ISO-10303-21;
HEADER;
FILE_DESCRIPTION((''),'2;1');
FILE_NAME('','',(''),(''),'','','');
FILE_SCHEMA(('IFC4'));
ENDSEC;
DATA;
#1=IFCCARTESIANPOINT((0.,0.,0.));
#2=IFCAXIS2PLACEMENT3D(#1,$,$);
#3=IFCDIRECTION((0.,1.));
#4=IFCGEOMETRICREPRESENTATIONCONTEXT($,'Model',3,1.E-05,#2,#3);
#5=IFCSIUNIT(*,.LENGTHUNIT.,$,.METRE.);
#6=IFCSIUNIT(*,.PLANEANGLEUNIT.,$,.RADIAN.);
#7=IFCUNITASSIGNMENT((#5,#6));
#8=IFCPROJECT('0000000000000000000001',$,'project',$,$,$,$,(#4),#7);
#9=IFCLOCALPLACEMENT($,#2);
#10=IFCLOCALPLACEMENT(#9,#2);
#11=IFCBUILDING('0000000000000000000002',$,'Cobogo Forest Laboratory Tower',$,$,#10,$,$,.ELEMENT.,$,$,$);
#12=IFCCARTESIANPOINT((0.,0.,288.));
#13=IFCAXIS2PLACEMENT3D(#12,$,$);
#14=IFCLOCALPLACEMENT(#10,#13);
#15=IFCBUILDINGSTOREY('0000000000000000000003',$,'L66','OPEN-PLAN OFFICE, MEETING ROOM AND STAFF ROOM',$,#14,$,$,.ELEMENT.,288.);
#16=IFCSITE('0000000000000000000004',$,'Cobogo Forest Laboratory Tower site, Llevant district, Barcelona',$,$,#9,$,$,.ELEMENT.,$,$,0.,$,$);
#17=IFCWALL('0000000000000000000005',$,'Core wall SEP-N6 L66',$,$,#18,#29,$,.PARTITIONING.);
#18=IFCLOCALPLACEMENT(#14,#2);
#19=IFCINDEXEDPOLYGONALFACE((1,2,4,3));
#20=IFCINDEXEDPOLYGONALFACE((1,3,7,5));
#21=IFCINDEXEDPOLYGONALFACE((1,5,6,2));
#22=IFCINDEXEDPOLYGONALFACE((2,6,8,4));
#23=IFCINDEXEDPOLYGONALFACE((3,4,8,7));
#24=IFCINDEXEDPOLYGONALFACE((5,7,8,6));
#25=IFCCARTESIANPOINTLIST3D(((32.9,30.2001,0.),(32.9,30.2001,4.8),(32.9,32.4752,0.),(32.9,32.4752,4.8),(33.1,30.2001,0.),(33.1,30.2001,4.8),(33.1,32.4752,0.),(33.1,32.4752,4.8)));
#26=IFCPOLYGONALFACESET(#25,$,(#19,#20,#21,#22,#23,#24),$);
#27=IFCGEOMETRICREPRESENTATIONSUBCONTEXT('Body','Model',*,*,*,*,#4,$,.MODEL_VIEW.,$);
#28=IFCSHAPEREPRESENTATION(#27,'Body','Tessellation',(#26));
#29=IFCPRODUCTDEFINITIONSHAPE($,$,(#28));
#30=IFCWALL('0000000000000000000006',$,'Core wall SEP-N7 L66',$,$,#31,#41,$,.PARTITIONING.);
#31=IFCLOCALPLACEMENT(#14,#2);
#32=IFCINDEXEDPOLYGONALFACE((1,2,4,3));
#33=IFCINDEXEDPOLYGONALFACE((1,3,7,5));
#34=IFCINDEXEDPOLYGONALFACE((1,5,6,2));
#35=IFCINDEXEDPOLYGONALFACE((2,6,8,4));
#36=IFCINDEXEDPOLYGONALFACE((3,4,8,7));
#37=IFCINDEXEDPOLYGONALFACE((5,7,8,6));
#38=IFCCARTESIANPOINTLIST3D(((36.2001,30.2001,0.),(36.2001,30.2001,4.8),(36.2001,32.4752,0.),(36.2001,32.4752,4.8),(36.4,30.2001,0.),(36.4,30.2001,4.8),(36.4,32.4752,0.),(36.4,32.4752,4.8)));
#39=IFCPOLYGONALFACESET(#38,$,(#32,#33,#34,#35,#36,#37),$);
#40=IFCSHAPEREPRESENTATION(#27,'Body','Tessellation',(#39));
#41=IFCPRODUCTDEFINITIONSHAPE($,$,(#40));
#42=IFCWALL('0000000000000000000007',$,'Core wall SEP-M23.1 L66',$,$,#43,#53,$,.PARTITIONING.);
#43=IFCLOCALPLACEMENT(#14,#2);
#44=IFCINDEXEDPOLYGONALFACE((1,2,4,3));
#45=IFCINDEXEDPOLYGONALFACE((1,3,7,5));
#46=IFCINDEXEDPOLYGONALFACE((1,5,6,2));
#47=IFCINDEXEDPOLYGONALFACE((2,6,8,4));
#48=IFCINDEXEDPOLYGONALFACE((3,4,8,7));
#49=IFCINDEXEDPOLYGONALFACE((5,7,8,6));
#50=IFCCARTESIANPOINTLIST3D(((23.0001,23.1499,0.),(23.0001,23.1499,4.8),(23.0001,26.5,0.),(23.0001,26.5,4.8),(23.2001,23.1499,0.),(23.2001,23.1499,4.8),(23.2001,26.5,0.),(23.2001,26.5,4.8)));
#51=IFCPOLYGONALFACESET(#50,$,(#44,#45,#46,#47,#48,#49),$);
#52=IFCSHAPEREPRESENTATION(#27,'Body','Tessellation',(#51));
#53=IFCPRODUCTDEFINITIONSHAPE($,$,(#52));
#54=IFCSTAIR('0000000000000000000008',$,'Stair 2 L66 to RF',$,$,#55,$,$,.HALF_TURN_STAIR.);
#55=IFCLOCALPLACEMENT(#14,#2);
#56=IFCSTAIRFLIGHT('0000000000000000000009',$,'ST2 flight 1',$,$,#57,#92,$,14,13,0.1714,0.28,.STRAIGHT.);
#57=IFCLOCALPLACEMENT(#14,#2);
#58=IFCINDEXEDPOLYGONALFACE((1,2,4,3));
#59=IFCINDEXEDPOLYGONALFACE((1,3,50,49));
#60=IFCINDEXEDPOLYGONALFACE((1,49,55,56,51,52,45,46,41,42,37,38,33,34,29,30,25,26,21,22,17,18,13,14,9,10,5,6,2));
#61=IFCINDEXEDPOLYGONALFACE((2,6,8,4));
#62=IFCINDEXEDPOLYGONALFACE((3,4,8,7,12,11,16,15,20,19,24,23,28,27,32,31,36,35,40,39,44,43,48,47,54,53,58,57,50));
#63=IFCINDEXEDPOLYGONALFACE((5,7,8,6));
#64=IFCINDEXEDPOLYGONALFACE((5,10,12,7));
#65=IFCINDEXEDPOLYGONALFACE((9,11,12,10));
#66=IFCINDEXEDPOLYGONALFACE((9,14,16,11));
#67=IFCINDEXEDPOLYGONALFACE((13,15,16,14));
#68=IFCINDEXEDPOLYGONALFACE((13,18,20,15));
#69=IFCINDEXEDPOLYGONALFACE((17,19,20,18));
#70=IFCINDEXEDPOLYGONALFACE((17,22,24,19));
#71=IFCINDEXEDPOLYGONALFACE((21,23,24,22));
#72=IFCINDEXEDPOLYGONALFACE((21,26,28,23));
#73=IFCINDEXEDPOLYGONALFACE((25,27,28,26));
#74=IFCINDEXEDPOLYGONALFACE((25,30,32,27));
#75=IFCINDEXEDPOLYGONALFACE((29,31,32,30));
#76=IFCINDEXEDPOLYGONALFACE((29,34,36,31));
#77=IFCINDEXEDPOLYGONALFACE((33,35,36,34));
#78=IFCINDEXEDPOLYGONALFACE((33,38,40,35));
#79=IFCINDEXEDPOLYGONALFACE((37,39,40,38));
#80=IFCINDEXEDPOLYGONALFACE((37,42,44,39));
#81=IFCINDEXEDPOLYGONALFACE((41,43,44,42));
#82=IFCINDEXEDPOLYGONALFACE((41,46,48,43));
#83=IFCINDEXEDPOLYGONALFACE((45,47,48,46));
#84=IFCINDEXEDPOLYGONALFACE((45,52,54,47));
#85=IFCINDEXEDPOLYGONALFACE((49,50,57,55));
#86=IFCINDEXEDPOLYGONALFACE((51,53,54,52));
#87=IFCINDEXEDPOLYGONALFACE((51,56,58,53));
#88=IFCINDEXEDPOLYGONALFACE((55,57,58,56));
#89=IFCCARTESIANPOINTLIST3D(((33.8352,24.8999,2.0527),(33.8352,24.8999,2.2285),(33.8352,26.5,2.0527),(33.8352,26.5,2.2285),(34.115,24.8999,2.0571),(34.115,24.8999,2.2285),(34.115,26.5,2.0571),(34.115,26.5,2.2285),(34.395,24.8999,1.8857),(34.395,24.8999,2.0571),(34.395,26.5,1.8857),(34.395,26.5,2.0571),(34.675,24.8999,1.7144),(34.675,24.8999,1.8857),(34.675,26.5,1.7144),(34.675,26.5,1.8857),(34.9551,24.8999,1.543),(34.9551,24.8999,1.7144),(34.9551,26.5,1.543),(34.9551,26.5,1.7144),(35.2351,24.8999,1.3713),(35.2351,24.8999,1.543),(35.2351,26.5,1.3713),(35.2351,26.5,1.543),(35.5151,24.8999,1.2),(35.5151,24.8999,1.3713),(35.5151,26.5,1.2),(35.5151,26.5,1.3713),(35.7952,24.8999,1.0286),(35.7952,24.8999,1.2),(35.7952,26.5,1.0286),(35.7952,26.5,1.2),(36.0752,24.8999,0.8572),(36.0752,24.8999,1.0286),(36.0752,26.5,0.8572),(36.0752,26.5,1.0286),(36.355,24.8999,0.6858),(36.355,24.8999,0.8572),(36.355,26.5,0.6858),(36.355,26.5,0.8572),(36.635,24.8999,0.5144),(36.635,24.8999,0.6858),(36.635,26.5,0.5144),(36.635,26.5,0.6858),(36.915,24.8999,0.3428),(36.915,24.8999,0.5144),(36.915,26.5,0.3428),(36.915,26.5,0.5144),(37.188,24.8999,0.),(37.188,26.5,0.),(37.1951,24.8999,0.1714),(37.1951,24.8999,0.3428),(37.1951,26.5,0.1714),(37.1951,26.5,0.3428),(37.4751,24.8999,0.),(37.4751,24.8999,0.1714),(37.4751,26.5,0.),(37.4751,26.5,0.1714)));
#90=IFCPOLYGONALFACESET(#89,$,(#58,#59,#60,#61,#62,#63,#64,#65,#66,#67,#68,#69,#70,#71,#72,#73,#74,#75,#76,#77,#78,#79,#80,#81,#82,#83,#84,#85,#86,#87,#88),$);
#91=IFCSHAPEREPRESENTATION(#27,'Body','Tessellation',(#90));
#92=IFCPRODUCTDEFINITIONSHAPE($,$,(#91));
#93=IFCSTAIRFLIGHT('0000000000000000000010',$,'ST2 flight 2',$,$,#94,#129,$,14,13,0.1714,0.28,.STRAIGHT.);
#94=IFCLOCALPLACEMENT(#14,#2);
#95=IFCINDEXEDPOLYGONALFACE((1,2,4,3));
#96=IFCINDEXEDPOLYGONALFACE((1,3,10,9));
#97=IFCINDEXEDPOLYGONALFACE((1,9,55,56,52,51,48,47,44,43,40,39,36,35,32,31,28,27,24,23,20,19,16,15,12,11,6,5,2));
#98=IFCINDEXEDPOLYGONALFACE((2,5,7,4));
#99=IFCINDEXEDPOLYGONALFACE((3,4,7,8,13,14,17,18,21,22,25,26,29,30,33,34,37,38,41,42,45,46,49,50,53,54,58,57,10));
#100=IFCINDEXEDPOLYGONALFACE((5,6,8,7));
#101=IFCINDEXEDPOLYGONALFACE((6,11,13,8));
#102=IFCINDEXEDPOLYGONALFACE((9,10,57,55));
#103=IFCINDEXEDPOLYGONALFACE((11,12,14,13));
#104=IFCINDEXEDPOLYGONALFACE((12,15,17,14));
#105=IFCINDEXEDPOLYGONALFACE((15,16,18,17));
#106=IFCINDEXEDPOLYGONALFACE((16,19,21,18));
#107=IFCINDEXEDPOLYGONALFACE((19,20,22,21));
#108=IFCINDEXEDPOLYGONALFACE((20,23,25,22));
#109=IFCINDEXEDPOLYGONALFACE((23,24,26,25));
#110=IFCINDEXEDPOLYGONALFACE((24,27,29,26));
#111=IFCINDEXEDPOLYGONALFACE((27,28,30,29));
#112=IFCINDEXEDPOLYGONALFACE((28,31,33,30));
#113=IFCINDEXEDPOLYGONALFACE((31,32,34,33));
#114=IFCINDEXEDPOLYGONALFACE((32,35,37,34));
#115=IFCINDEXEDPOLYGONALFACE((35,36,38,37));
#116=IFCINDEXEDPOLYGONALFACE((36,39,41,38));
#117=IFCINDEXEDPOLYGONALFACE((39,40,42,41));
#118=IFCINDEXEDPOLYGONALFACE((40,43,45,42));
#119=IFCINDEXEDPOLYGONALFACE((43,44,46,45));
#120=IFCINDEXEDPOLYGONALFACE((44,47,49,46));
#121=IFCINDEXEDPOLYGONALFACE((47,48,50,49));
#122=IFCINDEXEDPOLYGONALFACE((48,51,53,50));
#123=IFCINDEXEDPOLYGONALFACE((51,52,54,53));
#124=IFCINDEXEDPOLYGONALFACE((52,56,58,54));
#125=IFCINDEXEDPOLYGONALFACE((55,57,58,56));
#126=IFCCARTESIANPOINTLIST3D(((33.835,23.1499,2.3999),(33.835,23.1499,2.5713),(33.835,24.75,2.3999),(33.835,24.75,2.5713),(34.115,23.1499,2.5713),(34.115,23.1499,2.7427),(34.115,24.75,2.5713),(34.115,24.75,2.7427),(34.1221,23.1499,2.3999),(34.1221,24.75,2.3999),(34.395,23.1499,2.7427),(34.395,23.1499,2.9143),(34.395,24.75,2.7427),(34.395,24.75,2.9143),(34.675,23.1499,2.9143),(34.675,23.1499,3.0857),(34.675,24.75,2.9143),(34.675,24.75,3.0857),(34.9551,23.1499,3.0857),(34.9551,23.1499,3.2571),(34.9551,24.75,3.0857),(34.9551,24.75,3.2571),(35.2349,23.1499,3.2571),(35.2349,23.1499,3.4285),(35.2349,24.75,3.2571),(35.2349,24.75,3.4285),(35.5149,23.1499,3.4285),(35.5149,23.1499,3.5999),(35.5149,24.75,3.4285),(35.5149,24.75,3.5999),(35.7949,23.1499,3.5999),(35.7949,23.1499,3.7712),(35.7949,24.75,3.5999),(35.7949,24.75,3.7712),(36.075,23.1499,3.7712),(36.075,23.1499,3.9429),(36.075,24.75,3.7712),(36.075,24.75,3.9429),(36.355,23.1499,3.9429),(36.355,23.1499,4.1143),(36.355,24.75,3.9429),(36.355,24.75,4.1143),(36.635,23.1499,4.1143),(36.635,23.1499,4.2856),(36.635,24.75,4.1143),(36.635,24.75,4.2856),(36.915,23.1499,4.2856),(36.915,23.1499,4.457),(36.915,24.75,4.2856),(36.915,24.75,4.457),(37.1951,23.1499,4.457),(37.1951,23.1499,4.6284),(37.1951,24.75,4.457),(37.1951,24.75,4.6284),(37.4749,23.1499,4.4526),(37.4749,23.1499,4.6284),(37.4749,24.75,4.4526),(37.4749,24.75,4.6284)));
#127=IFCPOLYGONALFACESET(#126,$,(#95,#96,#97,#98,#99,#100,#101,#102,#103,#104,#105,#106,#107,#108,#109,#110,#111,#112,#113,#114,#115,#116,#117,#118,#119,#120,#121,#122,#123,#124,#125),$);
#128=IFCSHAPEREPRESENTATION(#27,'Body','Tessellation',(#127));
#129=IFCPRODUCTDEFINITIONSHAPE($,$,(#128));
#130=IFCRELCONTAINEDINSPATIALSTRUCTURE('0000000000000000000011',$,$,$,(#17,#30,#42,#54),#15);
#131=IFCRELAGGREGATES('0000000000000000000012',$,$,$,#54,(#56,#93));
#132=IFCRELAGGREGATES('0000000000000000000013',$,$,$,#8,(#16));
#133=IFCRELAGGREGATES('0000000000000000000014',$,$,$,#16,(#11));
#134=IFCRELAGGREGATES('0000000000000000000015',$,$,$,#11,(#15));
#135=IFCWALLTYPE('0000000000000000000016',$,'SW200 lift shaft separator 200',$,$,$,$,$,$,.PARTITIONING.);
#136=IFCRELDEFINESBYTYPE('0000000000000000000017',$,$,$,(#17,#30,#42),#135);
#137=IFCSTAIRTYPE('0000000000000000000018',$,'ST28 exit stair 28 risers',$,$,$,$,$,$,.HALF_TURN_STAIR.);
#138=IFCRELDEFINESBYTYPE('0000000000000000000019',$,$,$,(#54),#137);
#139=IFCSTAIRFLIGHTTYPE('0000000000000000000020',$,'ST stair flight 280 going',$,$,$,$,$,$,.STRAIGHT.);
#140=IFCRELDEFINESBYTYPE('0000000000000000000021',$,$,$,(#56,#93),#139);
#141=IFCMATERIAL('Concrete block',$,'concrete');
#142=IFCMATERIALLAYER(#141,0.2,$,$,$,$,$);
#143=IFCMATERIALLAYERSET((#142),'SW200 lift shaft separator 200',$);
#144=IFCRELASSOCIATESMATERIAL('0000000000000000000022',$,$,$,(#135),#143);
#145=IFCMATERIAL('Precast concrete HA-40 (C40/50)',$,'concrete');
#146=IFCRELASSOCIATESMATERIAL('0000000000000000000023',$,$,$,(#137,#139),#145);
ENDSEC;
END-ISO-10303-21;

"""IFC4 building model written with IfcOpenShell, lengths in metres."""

from ifc_helpers import new_model, si_unit, direction, frame, frame_2d, origin, place, context, subcontext, project, spatial, polyline, rectangle, outline, extrude, material, layer, layer_set, type_object, element, aggregate, save


model = new_model("IFC4")

# Units and contexts
model_context = context("Model", 3, precision=1e-05, world=origin(), true_north=direction((0.0, 1.0)))
body_context = subcontext(model_context, "Body", "Model", "MODEL_VIEW")
ifc_project = project(units=[si_unit("LENGTHUNIT", "METRE"), si_unit("PLANEANGLEUNIT", "RADIAN")], contexts=[model_context])

# Site, building, storey
site_placement = place(None, origin())
site = spatial("IfcSite", under=ifc_project, at=site_placement, Name="Cobogo Forest Laboratory Tower site, Llevant district, Barcelona", CompositionType="ELEMENT", RefElevation=0.0)
building_placement = place(site_placement, origin())
building = spatial("IfcBuilding", under=site, at=building_placement, Name="Cobogo Forest Laboratory Tower", CompositionType="ELEMENT")
storey_placement = place(building_placement, frame((0.0, 0.0, 288.0)))
storey = spatial("IfcBuildingStorey", under=building, at=storey_placement, Name="L66", Description="OPEN-PLAN OFFICE, MEETING ROOM AND STAFF ROOM", CompositionType="ELEMENT", Elevation=288.0)

# Walls
ifc_material_1 = material(Name="Concrete block", Category="concrete")
ifc_layer_1 = layer(ifc_material_1, 0.2)
ifc_layer_set_1 = layer_set([ifc_layer_1], Name="SW200 lift shaft separator 200")
wall_type_1 = type_object("IfcWallType", Name="SW200 lift shaft separator 200", PredefinedType="PARTITIONING", material=ifc_layer_set_1)
for number, where, z_axis, x_axis, name in (
    (1, (33.0, 30.2, 0.0), (0.0, 0.0, 1.0), (0.0, 1.0, 0.0), "Core wall SEP-N6 L66"),
    (2, (36.3, 30.2, 0.0), (0.0, 0.0, 1.0), (0.0, 1.0, 0.0), "Core wall SEP-N7 L66"),
):
    element("IfcWall", number, at=place(storey_placement, frame(where, z_axis=z_axis, x_axis=x_axis)), inside=storey, type_object=wall_type_1, Name=name, PredefinedType="PARTITIONING", context=body_context, shape_type="SweptSolid", body=[
        extrude(rectangle(XDim=2.2751, YDim=0.2, at=frame_2d((1.1377, 0.0))), origin(), (0.0, 0.0, 1.0), 4.8),
    ])
wall_1_placement = place(storey_placement, frame((23.1001, 23.1499, 0.0), z_axis=(0.0, 0.0, 1.0), x_axis=(0.0, 1.0, 0.0)))
element("IfcWall", 3, at=wall_1_placement, inside=storey, type_object=wall_type_1, Name="Core wall SEP-M23.1 L66", PredefinedType="PARTITIONING", context=body_context, shape_type="SweptSolid", body=[
    extrude(rectangle(XDim=3.3501, YDim=0.2, at=frame_2d((1.675, 0.0))), origin(), (0.0, 0.0, 1.0), 4.8),
])

# Stair, stair flights
ifc_material_2 = material(Name="Precast concrete HA-40 (C40/50)", Category="concrete")
stair_type = type_object("IfcStairType", Name="ST28 exit stair 28 risers", PredefinedType="HALF_TURN_STAIR", material=ifc_material_2)
stair_placement = place(storey_placement, origin())
stair = element("IfcStair", 4, at=stair_placement, inside=storey, type_object=stair_type, Name="Stair 2 L66 to RF", PredefinedType="HALF_TURN_STAIR")
stair_flight_type = type_object("IfcStairFlightType", Name="ST stair flight 280 going", PredefinedType="STRAIGHT", material=ifc_material_2)
stair_flight_1_placement = place(storey_placement, frame((37.4751, 25.7, 0.0), z_axis=(0.0, 0.0, 1.0), x_axis=(-1.0, 0.0, 0.0)))
stair_flight_1 = element("IfcStairFlight", 5, at=stair_flight_1_placement, type_object=stair_flight_type, Name="ST2 flight 1", NumberOfRisers=14, NumberOfTreads=13, PredefinedType="STRAIGHT", RiserHeight=0.1714, TreadLength=0.28, context=body_context, shape_type="SweptSolid", body=[
    extrude(outline(polyline([(0.0, 0.0), (0.0, 0.1714), (0.28, 0.1714), (0.28, 0.3428), (0.5601, 0.3428), (0.5601, 0.5144), (0.8401, 0.5144), (0.8401, 0.6858), (1.1201, 0.6858), (1.1201, 0.8572), (1.3999, 0.8572), (1.3999, 1.0286), (1.6799, 1.0286), (1.6799, 1.2), (1.96, 1.2), (1.96, 1.3713), (2.24, 1.3713), (2.24, 1.543), (2.52, 1.543), (2.52, 1.7144), (2.8, 1.7144), (2.8, 1.8857), (3.0801, 1.8857), (3.0801, 2.0571), (3.3601, 2.0571), (3.3601, 2.2285), (3.6399, 2.2285), (3.6399, 2.3999), (3.6399, 2.0527), (0.2871, 0.0), (0.0, 0.0)])), frame((0.0, 0.8, 0.0), z_axis=(0.0, -1.0, 0.0), x_axis=(1.0, 0.0, 0.0)), (0.0, 0.0, 1.0), 1.6001),
])
stair_flight_2_placement = place(storey_placement, frame((33.835, 23.95, 2.3999), z_axis=(0.0, 0.0, 1.0), x_axis=(1.0, 0.0, 0.0)))
stair_flight_2 = element("IfcStairFlight", 6, at=stair_flight_2_placement, type_object=stair_flight_type, Name="ST2 flight 2", NumberOfRisers=14, NumberOfTreads=13, PredefinedType="STRAIGHT", RiserHeight=0.1714, TreadLength=0.28, context=body_context, shape_type="SweptSolid", body=[
    extrude(outline(polyline([(0.0, 0.0), (0.0, 0.1714), (0.28, 0.1714), (0.28, 0.3428), (0.5601, 0.3428), (0.5601, 0.5144), (0.8401, 0.5144), (0.8401, 0.6858), (1.1201, 0.6858), (1.1201, 0.8572), (1.3999, 0.8572), (1.3999, 1.0286), (1.6799, 1.0286), (1.6799, 1.2), (1.96, 1.2), (1.96, 1.3713), (2.24, 1.3713), (2.24, 1.543), (2.52, 1.543), (2.52, 1.7144), (2.8, 1.7144), (2.8, 1.8857), (3.0801, 1.8857), (3.0801, 2.0571), (3.3601, 2.0571), (3.3601, 2.2285), (3.6399, 2.2285), (3.6399, 2.3999), (3.6399, 2.0527), (0.2871, 0.0), (0.0, 0.0)])), frame((0.0, 0.8, 0.0), z_axis=(0.0, -1.0, 0.0), x_axis=(1.0, 0.0, 0.0)), (0.0, 0.0, 1.0), 1.6001),
])
aggregate(stair, [stair_flight_1, stair_flight_2])

save(model, "model.ifc")
